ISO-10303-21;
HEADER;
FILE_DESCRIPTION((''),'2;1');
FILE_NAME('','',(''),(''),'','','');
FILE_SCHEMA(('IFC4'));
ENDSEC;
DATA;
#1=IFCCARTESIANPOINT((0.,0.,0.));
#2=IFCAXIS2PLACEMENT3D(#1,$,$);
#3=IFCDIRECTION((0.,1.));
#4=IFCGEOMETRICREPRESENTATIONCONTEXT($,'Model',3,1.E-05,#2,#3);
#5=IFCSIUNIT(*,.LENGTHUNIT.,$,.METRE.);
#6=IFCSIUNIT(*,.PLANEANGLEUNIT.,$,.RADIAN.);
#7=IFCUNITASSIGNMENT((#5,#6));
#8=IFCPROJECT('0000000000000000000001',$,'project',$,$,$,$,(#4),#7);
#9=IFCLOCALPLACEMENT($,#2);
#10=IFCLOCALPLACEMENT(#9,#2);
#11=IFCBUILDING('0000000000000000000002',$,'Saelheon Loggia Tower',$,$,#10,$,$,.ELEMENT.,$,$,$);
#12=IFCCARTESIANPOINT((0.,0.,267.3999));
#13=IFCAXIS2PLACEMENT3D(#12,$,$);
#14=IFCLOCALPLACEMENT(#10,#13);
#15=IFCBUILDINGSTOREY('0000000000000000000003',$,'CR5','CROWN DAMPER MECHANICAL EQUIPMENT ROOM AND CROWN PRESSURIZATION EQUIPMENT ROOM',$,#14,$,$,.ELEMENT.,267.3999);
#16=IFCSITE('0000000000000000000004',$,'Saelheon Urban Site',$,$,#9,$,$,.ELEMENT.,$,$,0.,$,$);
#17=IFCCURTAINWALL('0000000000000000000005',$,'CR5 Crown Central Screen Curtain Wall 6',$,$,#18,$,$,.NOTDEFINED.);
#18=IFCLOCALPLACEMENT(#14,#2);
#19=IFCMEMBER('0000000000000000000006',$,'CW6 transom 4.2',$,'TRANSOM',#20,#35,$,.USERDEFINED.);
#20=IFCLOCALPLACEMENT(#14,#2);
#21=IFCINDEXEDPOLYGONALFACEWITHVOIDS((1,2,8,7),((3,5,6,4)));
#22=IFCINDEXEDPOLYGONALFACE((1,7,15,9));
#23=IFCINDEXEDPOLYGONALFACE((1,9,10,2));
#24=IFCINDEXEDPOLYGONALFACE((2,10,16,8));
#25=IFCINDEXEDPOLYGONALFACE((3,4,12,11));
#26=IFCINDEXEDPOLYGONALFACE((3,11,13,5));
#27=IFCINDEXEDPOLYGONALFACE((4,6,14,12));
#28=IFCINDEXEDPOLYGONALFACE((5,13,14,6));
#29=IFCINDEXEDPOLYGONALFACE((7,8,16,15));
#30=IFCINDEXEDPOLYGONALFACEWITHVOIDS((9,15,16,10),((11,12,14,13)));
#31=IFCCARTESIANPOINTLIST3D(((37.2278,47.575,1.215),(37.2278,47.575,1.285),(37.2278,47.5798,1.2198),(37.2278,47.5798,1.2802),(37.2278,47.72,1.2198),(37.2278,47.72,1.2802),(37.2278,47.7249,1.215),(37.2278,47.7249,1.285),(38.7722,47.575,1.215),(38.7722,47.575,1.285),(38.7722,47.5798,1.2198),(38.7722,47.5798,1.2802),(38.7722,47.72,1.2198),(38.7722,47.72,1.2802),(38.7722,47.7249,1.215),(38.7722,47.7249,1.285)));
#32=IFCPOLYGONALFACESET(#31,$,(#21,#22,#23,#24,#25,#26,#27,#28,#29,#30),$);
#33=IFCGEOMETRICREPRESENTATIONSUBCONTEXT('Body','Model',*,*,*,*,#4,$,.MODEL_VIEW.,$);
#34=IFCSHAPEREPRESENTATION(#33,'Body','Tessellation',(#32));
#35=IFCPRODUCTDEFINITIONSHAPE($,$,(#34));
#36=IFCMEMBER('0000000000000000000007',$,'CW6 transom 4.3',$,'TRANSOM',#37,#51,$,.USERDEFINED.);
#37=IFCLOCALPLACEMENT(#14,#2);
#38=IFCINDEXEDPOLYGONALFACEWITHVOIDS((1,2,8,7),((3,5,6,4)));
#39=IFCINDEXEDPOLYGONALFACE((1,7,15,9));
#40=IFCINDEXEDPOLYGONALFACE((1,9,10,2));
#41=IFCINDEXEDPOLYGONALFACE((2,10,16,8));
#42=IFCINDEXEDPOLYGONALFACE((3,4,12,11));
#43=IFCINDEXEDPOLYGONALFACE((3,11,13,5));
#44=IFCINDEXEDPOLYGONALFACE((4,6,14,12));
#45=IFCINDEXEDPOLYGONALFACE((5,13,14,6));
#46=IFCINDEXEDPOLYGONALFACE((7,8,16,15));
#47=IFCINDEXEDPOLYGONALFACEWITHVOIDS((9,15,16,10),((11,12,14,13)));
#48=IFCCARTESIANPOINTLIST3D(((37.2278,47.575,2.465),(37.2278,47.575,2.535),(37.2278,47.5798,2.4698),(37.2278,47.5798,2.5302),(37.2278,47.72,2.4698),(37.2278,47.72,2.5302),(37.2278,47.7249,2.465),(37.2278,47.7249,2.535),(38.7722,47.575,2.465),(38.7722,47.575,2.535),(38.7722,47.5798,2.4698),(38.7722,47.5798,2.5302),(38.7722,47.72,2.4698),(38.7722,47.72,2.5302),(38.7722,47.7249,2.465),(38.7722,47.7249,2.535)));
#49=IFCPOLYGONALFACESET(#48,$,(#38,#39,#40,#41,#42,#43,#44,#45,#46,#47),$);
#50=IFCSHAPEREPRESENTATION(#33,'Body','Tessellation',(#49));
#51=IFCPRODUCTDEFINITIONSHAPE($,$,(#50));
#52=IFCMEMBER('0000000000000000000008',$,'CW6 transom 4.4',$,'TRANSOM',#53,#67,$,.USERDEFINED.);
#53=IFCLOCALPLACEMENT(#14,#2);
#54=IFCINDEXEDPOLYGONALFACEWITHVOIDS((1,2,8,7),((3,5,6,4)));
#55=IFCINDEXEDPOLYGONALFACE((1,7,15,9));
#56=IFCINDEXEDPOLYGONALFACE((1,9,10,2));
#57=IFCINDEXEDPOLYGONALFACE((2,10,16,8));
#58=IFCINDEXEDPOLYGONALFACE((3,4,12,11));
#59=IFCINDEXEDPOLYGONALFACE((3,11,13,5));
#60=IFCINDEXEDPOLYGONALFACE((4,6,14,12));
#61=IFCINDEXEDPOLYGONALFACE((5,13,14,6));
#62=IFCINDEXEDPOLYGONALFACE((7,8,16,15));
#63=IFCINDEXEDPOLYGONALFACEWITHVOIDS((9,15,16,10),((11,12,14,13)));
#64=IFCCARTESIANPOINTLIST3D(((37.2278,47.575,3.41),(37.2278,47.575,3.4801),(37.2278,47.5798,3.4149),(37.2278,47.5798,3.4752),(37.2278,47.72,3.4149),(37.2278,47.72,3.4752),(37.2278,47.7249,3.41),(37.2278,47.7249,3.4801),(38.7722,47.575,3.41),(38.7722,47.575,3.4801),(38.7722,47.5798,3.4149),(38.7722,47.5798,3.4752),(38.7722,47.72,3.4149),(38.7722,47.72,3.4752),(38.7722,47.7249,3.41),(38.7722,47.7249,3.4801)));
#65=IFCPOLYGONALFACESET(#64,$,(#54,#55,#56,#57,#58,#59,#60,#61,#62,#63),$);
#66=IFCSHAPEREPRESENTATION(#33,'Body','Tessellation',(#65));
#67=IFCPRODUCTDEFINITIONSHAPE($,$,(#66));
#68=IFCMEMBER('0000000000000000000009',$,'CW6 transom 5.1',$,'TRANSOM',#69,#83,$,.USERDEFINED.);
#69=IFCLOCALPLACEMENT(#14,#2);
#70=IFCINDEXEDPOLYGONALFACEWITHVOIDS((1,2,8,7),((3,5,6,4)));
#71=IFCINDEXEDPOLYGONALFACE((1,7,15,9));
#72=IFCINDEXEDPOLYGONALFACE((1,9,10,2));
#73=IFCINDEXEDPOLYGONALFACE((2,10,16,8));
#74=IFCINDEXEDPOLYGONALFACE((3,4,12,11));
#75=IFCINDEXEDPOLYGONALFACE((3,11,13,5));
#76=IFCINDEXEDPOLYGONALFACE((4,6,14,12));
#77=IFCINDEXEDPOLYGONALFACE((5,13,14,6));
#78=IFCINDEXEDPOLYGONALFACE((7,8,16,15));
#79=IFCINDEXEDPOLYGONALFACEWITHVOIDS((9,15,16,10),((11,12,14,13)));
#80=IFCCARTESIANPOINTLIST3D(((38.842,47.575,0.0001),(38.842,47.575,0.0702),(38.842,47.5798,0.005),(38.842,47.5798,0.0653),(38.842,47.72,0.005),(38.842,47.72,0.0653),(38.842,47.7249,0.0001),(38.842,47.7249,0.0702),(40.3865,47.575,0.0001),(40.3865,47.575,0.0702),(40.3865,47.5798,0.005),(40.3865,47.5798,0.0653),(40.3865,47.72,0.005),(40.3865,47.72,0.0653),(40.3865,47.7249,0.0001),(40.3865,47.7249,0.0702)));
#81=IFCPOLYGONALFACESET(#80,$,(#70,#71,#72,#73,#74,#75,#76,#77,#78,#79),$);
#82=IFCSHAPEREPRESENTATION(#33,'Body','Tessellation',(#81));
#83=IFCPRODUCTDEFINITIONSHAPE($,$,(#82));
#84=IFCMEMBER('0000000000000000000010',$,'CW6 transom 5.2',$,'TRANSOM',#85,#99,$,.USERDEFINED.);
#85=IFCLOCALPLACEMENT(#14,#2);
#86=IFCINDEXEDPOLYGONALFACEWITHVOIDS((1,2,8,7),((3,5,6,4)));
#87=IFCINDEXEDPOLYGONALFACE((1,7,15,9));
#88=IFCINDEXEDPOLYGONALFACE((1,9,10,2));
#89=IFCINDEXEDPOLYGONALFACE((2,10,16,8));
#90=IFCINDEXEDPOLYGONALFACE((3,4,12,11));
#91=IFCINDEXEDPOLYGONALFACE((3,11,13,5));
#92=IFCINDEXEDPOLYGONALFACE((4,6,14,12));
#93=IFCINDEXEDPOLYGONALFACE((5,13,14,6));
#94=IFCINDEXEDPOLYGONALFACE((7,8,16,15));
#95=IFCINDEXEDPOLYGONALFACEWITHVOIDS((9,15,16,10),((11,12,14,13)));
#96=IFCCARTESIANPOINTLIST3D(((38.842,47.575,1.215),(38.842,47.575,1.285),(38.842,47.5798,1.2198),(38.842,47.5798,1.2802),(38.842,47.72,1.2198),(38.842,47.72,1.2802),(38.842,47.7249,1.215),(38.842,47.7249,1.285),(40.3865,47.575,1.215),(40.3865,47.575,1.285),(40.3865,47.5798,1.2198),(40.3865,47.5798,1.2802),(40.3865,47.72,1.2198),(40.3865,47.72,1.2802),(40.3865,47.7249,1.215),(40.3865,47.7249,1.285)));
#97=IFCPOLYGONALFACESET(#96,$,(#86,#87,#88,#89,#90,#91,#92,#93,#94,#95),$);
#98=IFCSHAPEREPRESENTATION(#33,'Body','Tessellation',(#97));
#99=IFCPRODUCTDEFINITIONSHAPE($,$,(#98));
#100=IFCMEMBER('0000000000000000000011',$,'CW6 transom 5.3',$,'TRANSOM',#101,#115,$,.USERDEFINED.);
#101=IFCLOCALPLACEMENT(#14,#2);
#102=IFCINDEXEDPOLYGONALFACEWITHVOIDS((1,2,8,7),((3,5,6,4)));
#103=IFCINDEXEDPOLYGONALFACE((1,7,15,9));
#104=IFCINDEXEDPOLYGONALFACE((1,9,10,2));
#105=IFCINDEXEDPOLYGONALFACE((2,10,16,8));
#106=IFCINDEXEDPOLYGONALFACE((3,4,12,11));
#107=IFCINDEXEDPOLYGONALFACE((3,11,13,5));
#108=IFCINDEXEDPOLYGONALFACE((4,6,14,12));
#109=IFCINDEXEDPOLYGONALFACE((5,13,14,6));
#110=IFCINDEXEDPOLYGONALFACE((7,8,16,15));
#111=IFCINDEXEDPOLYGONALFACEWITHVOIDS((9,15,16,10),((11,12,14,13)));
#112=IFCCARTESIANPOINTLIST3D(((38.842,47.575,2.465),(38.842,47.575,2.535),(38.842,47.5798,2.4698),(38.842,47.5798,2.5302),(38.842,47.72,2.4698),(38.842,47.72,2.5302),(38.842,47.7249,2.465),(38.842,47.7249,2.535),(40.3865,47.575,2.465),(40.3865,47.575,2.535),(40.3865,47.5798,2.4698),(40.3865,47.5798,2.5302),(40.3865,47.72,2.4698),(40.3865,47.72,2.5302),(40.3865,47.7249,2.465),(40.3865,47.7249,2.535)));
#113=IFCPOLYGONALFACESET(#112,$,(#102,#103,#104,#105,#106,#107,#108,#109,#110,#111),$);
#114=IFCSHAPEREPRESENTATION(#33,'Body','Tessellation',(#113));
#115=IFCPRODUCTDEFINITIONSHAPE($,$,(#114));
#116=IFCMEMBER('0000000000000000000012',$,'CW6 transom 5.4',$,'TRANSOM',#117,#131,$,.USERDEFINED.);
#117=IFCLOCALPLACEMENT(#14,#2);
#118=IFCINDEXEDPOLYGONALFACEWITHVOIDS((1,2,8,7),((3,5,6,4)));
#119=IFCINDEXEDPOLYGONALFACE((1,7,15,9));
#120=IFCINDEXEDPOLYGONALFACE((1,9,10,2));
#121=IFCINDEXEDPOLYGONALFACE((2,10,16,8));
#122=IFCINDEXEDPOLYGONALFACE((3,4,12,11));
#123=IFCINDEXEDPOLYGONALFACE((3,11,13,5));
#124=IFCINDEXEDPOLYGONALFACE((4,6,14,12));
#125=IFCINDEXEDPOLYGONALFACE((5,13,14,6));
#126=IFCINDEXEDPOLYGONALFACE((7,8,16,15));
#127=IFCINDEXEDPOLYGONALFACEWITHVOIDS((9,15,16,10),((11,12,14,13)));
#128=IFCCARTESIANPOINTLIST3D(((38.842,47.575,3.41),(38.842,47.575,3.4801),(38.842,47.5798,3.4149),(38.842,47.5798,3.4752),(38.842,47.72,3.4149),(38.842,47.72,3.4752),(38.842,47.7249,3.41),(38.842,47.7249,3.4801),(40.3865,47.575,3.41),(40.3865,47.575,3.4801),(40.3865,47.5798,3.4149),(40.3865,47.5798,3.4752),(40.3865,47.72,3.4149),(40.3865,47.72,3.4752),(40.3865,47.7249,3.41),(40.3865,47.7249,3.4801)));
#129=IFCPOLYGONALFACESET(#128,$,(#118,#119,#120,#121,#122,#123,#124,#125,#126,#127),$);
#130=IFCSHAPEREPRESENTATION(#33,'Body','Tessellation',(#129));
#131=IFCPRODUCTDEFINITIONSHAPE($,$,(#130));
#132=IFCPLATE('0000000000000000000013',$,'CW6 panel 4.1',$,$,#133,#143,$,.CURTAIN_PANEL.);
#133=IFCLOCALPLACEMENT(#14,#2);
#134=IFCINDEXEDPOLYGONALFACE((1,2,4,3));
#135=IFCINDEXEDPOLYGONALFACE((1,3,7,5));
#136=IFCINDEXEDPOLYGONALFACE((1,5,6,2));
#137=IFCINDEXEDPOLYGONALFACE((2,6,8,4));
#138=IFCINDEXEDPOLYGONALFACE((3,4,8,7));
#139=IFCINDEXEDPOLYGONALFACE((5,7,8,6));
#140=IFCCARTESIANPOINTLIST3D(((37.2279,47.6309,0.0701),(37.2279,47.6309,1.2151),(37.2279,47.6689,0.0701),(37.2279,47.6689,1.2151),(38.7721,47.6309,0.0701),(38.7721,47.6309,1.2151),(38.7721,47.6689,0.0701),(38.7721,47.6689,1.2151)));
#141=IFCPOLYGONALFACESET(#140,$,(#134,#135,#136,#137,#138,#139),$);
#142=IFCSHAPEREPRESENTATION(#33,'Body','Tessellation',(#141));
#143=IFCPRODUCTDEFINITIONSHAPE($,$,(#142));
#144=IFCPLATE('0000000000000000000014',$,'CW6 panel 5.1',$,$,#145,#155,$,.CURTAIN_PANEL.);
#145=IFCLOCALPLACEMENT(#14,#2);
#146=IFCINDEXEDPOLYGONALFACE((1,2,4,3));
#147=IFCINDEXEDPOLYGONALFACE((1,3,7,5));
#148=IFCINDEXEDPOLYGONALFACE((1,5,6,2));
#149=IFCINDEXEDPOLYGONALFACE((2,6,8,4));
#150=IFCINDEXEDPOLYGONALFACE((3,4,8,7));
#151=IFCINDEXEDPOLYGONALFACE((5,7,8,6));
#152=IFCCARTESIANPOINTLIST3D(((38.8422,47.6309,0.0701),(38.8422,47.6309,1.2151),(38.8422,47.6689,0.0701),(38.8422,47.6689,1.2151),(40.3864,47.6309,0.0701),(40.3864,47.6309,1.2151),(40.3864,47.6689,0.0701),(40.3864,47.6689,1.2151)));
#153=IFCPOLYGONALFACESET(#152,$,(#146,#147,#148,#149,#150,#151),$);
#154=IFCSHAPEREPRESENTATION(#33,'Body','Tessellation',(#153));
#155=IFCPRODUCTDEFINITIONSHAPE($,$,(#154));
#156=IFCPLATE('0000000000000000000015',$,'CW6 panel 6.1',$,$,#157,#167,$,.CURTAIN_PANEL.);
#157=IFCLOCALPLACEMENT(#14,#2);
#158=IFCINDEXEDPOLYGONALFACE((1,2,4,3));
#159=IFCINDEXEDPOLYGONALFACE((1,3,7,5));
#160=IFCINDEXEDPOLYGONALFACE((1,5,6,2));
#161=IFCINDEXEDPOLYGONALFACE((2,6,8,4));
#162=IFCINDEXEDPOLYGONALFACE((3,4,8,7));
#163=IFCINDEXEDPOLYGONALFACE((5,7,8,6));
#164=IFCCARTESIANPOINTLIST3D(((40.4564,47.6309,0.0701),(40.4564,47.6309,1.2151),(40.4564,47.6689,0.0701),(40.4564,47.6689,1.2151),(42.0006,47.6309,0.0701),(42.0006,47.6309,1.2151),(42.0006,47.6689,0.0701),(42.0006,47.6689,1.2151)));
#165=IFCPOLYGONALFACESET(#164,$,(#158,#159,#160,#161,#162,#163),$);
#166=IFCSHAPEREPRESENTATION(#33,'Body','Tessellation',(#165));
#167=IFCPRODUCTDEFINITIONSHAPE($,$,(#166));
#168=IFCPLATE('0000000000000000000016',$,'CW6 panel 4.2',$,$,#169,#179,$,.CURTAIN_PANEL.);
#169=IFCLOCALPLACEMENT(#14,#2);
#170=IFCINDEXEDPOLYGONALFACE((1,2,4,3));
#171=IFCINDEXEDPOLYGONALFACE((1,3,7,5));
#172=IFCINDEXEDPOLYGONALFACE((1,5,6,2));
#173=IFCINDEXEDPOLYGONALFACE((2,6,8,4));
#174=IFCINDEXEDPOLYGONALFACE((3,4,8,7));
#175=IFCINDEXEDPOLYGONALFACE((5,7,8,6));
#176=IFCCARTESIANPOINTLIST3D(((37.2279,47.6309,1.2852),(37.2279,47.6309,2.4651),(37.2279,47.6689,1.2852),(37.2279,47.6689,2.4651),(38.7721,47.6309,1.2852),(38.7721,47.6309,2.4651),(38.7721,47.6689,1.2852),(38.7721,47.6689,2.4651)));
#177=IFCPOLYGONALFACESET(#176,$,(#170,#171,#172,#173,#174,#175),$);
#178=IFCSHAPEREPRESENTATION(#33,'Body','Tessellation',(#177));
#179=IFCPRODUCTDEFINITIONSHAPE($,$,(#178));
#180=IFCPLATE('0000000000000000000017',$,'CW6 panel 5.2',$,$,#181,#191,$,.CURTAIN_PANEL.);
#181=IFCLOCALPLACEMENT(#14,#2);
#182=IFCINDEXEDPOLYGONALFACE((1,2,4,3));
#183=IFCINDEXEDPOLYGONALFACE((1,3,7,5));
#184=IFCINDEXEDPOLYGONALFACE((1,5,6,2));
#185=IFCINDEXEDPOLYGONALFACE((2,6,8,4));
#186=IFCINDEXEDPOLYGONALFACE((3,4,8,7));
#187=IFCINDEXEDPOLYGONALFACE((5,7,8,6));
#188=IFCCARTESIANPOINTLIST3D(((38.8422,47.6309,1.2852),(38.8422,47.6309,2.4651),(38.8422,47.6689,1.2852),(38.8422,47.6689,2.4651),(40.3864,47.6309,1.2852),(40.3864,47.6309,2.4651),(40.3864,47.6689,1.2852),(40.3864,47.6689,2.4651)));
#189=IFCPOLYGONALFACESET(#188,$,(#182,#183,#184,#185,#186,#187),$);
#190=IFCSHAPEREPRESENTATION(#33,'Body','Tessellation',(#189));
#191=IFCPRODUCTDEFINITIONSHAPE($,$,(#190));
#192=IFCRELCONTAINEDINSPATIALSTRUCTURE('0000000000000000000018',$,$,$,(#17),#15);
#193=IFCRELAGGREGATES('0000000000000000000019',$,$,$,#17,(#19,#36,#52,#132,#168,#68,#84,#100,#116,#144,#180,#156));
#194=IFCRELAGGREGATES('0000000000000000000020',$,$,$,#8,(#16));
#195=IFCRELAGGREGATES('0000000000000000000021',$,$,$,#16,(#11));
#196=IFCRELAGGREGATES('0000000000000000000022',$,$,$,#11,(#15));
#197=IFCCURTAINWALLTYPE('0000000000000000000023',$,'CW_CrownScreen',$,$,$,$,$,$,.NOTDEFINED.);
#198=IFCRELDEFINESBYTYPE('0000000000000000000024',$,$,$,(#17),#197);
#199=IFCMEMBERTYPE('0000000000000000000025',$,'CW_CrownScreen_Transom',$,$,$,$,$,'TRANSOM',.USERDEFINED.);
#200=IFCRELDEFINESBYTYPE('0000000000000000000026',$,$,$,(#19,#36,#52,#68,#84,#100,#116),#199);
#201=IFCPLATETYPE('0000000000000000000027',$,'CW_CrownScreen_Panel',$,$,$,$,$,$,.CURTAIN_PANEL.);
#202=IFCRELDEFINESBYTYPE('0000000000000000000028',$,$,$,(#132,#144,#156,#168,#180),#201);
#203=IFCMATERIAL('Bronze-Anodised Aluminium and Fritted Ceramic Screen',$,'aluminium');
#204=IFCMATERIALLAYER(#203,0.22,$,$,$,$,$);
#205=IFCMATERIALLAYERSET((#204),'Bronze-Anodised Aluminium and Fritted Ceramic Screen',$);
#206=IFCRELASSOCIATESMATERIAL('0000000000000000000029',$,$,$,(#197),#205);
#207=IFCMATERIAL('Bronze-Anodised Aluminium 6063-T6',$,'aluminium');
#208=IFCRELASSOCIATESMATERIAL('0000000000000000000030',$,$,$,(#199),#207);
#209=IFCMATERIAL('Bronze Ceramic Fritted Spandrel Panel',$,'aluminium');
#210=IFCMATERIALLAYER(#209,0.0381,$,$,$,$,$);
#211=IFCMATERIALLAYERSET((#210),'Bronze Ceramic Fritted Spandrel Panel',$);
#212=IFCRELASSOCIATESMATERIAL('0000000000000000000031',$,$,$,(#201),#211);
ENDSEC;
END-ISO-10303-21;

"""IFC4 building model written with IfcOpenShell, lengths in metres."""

from ifc_helpers import new_model, si_unit, direction, frame, origin, origin_2d, place, context, subcontext, project, spatial, rectangle, hollow_rectangle, extrude, source, transform, mapped, material, layer, layer_set, material_profile, profile_set, type_object, element, aggregate, save


model = new_model("IFC4")

# Units and contexts
model_context = context("Model", 3, precision=1e-05, world=origin(), true_north=direction((0.0, 1.0)))
body_context = subcontext(model_context, "Body", "Model", "MODEL_VIEW")
ifc_project = project(units=[si_unit("LENGTHUNIT", "METRE"), si_unit("PLANEANGLEUNIT", "RADIAN")], contexts=[model_context])

# Site, building, storey
site_placement = place(None, origin())
site = spatial("IfcSite", under=ifc_project, at=site_placement, Name="Saelheon Urban Site", CompositionType="ELEMENT", RefElevation=0.0)
building_placement = place(site_placement, origin())
building = spatial("IfcBuilding", under=site, at=building_placement, Name="Saelheon Loggia Tower", CompositionType="ELEMENT")
storey_placement = place(building_placement, frame((0.0, 0.0, 267.3999)))
storey = spatial("IfcBuildingStorey", under=building, at=storey_placement, Name="CR5", Description="CROWN DAMPER MECHANICAL EQUIPMENT ROOM AND CROWN PRESSURIZATION EQUIPMENT ROOM", CompositionType="ELEMENT", Elevation=267.3999)

# Curtain wall, members, plates
ifc_material_1 = material(Name="Bronze-Anodised Aluminium and Fritted Ceramic Screen", Category="aluminium")
ifc_layer_1 = layer(ifc_material_1, 0.22)
ifc_layer_set_1 = layer_set([ifc_layer_1], Name="Bronze-Anodised Aluminium and Fritted Ceramic Screen")
curtain_wall_type = type_object("IfcCurtainWallType", Name="CW_CrownScreen", PredefinedType="NOTDEFINED", material=ifc_layer_set_1)
curtain_wall_placement = place(storey_placement, origin())
curtain_wall = element("IfcCurtainWall", 1, at=curtain_wall_placement, inside=storey, type_object=curtain_wall_type, Name="CR5 Crown Central Screen Curtain Wall 6", PredefinedType="NOTDEFINED")
ifc_material_2 = material(Name="Bronze-Anodised Aluminium 6063-T6", Category="aluminium")
ifc_material_profile_1 = material_profile(ifc_material_2, hollow_rectangle(XDim=0.0701, YDim=0.1499, WallThickness=0.0049, at=origin_2d()), Name="RHS-150x70x5")
ifc_profile_set_1 = profile_set([ifc_material_profile_1], Name="Bronze-Anodised Aluminium 6063-T6")
member_type_1 = type_object("IfcMemberType", Name="CW_CrownScreen_Transom", ElementType="TRANSOM", PredefinedType="USERDEFINED", material=ifc_profile_set_1)
shared_shape_1 = source(origin(), body_context, "Body", "SweptSolid", [
    extrude(hollow_rectangle(XDim=0.0701, YDim=0.1499, WallThickness=0.0049, at=origin_2d()), origin(), (0.0, 0.0, 1.0), 1.5444),
])
member_1_placement = place(storey_placement, frame((37.2278, 47.6499, 1.25), z_axis=(1.0, 0.0, 0.0), x_axis=(0.0, 0.0, 1.0)))
member_1 = element("IfcMember", 2, at=member_1_placement, type_object=member_type_1, Name="CW6 transom 4.2", ObjectType="TRANSOM", PredefinedType="USERDEFINED", context=body_context, shape_type="MappedRepresentation", body=[
    mapped(shared_shape_1, transform((0.0, 0.0, 0.0), scale=1.0)),
])
member_2_placement = place(storey_placement, frame((37.2278, 47.6499, 2.5), z_axis=(1.0, 0.0, 0.0), x_axis=(0.0, 0.0, 1.0)))
member_2 = element("IfcMember", 3, at=member_2_placement, type_object=member_type_1, Name="CW6 transom 4.3", ObjectType="TRANSOM", PredefinedType="USERDEFINED", context=body_context, shape_type="MappedRepresentation", body=[
    mapped(shared_shape_1, transform((0.0, 0.0, 0.0), scale=1.0)),
])
member_3_placement = place(storey_placement, frame((37.2278, 47.6499, 3.4451), z_axis=(1.0, 0.0, 0.0), x_axis=(0.0, 0.0, 1.0)))
member_3 = element("IfcMember", 4, at=member_3_placement, type_object=member_type_1, Name="CW6 transom 4.4", ObjectType="TRANSOM", PredefinedType="USERDEFINED", context=body_context, shape_type="MappedRepresentation", body=[
    mapped(shared_shape_1, transform((0.0, 0.0, 0.0), scale=1.0)),
])
member_4_placement = place(storey_placement, frame((38.842, 47.6499, 0.0352), z_axis=(1.0, 0.0, 0.0), x_axis=(0.0, 0.0, 1.0)))
member_4 = element("IfcMember", 5, at=member_4_placement, type_object=member_type_1, Name="CW6 transom 5.1", ObjectType="TRANSOM", PredefinedType="USERDEFINED", context=body_context, shape_type="MappedRepresentation", body=[
    mapped(shared_shape_1, transform((0.0, 0.0, 0.0), scale=1.0)),
])
member_5_placement = place(storey_placement, frame((38.842, 47.6499, 1.25), z_axis=(1.0, 0.0, 0.0), x_axis=(0.0, 0.0, 1.0)))
member_5 = element("IfcMember", 6, at=member_5_placement, type_object=member_type_1, Name="CW6 transom 5.2", ObjectType="TRANSOM", PredefinedType="USERDEFINED", context=body_context, shape_type="MappedRepresentation", body=[
    mapped(shared_shape_1, transform((0.0, 0.0, 0.0), scale=1.0)),
])
member_6_placement = place(storey_placement, frame((38.842, 47.6499, 2.5), z_axis=(1.0, 0.0, 0.0), x_axis=(0.0, 0.0, 1.0)))
member_6 = element("IfcMember", 7, at=member_6_placement, type_object=member_type_1, Name="CW6 transom 5.3", ObjectType="TRANSOM", PredefinedType="USERDEFINED", context=body_context, shape_type="MappedRepresentation", body=[
    mapped(shared_shape_1, transform((0.0, 0.0, 0.0), scale=1.0)),
])
member_7_placement = place(storey_placement, frame((38.842, 47.6499, 3.4451), z_axis=(1.0, 0.0, 0.0), x_axis=(0.0, 0.0, 1.0)))
member_7 = element("IfcMember", 8, at=member_7_placement, type_object=member_type_1, Name="CW6 transom 5.4", ObjectType="TRANSOM", PredefinedType="USERDEFINED", context=body_context, shape_type="MappedRepresentation", body=[
    mapped(shared_shape_1, transform((0.0, 0.0, 0.0), scale=1.0)),
])
ifc_material_3 = material(Name="Bronze Ceramic Fritted Spandrel Panel", Category="aluminium")
ifc_layer_2 = layer(ifc_material_3, 0.0381)
ifc_layer_set_2 = layer_set([ifc_layer_2], Name="Bronze Ceramic Fritted Spandrel Panel")
plate_type = type_object("IfcPlateType", Name="CW_CrownScreen_Panel", PredefinedType="CURTAIN_PANEL", material=ifc_layer_set_2)
shared_shape_2 = source(origin(), body_context, "Body", "SweptSolid", [
    extrude(rectangle(XDim=1.5442, YDim=0.0381, at=origin_2d()), origin(), (0.0, 0.0, 1.0), 1.145),
])
plate_1_placement = place(storey_placement, frame((38.0, 47.6499, 0.0701), z_axis=(0.0, 0.0, 1.0), x_axis=(1.0, 0.0, 0.0)))
plate_1 = element("IfcPlate", 9, at=plate_1_placement, type_object=plate_type, Name="CW6 panel 4.1", PredefinedType="CURTAIN_PANEL", context=body_context, shape_type="MappedRepresentation", body=[
    mapped(shared_shape_2, transform((0.0, 0.0, 0.0), scale=1.0)),
])
plate_2_placement = place(storey_placement, frame((39.6143, 47.6499, 0.0701), z_axis=(0.0, 0.0, 1.0), x_axis=(1.0, 0.0, 0.0)))
plate_2 = element("IfcPlate", 10, at=plate_2_placement, type_object=plate_type, Name="CW6 panel 5.1", PredefinedType="CURTAIN_PANEL", context=body_context, shape_type="MappedRepresentation", body=[
    mapped(shared_shape_2, transform((0.0, 0.0, 0.0), scale=1.0)),
])
plate_3_placement = place(storey_placement, frame((41.2285, 47.6499, 0.0701), z_axis=(0.0, 0.0, 1.0), x_axis=(1.0, 0.0, 0.0)))
plate_3 = element("IfcPlate", 11, at=plate_3_placement, type_object=plate_type, Name="CW6 panel 6.1", PredefinedType="CURTAIN_PANEL", context=body_context, shape_type="MappedRepresentation", body=[
    mapped(shared_shape_2, transform((0.0, 0.0, 0.0), scale=1.0)),
])
shared_shape_3 = source(origin(), body_context, "Body", "SweptSolid", [
    extrude(rectangle(XDim=1.5442, YDim=0.0381, at=origin_2d()), origin(), (0.0, 0.0, 1.0), 1.1799),
])
plate_4_placement = place(storey_placement, frame((38.0, 47.6499, 1.2852), z_axis=(0.0, 0.0, 1.0), x_axis=(1.0, 0.0, 0.0)))
plate_4 = element("IfcPlate", 12, at=plate_4_placement, type_object=plate_type, Name="CW6 panel 4.2", PredefinedType="CURTAIN_PANEL", context=body_context, shape_type="MappedRepresentation", body=[
    mapped(shared_shape_3, transform((0.0, 0.0, 0.0), scale=1.0)),
])
plate_5_placement = place(storey_placement, frame((39.6143, 47.6499, 1.2852), z_axis=(0.0, 0.0, 1.0), x_axis=(1.0, 0.0, 0.0)))
plate_5 = element("IfcPlate", 13, at=plate_5_placement, type_object=plate_type, Name="CW6 panel 5.2", PredefinedType="CURTAIN_PANEL", context=body_context, shape_type="MappedRepresentation", body=[
    mapped(shared_shape_3, transform((0.0, 0.0, 0.0), scale=1.0)),
])
aggregate(curtain_wall, [member_1, member_2, member_3, plate_1, plate_4, member_4, member_5, member_6, member_7, plate_2, plate_5, plate_3])

save(model, "model.ifc")
